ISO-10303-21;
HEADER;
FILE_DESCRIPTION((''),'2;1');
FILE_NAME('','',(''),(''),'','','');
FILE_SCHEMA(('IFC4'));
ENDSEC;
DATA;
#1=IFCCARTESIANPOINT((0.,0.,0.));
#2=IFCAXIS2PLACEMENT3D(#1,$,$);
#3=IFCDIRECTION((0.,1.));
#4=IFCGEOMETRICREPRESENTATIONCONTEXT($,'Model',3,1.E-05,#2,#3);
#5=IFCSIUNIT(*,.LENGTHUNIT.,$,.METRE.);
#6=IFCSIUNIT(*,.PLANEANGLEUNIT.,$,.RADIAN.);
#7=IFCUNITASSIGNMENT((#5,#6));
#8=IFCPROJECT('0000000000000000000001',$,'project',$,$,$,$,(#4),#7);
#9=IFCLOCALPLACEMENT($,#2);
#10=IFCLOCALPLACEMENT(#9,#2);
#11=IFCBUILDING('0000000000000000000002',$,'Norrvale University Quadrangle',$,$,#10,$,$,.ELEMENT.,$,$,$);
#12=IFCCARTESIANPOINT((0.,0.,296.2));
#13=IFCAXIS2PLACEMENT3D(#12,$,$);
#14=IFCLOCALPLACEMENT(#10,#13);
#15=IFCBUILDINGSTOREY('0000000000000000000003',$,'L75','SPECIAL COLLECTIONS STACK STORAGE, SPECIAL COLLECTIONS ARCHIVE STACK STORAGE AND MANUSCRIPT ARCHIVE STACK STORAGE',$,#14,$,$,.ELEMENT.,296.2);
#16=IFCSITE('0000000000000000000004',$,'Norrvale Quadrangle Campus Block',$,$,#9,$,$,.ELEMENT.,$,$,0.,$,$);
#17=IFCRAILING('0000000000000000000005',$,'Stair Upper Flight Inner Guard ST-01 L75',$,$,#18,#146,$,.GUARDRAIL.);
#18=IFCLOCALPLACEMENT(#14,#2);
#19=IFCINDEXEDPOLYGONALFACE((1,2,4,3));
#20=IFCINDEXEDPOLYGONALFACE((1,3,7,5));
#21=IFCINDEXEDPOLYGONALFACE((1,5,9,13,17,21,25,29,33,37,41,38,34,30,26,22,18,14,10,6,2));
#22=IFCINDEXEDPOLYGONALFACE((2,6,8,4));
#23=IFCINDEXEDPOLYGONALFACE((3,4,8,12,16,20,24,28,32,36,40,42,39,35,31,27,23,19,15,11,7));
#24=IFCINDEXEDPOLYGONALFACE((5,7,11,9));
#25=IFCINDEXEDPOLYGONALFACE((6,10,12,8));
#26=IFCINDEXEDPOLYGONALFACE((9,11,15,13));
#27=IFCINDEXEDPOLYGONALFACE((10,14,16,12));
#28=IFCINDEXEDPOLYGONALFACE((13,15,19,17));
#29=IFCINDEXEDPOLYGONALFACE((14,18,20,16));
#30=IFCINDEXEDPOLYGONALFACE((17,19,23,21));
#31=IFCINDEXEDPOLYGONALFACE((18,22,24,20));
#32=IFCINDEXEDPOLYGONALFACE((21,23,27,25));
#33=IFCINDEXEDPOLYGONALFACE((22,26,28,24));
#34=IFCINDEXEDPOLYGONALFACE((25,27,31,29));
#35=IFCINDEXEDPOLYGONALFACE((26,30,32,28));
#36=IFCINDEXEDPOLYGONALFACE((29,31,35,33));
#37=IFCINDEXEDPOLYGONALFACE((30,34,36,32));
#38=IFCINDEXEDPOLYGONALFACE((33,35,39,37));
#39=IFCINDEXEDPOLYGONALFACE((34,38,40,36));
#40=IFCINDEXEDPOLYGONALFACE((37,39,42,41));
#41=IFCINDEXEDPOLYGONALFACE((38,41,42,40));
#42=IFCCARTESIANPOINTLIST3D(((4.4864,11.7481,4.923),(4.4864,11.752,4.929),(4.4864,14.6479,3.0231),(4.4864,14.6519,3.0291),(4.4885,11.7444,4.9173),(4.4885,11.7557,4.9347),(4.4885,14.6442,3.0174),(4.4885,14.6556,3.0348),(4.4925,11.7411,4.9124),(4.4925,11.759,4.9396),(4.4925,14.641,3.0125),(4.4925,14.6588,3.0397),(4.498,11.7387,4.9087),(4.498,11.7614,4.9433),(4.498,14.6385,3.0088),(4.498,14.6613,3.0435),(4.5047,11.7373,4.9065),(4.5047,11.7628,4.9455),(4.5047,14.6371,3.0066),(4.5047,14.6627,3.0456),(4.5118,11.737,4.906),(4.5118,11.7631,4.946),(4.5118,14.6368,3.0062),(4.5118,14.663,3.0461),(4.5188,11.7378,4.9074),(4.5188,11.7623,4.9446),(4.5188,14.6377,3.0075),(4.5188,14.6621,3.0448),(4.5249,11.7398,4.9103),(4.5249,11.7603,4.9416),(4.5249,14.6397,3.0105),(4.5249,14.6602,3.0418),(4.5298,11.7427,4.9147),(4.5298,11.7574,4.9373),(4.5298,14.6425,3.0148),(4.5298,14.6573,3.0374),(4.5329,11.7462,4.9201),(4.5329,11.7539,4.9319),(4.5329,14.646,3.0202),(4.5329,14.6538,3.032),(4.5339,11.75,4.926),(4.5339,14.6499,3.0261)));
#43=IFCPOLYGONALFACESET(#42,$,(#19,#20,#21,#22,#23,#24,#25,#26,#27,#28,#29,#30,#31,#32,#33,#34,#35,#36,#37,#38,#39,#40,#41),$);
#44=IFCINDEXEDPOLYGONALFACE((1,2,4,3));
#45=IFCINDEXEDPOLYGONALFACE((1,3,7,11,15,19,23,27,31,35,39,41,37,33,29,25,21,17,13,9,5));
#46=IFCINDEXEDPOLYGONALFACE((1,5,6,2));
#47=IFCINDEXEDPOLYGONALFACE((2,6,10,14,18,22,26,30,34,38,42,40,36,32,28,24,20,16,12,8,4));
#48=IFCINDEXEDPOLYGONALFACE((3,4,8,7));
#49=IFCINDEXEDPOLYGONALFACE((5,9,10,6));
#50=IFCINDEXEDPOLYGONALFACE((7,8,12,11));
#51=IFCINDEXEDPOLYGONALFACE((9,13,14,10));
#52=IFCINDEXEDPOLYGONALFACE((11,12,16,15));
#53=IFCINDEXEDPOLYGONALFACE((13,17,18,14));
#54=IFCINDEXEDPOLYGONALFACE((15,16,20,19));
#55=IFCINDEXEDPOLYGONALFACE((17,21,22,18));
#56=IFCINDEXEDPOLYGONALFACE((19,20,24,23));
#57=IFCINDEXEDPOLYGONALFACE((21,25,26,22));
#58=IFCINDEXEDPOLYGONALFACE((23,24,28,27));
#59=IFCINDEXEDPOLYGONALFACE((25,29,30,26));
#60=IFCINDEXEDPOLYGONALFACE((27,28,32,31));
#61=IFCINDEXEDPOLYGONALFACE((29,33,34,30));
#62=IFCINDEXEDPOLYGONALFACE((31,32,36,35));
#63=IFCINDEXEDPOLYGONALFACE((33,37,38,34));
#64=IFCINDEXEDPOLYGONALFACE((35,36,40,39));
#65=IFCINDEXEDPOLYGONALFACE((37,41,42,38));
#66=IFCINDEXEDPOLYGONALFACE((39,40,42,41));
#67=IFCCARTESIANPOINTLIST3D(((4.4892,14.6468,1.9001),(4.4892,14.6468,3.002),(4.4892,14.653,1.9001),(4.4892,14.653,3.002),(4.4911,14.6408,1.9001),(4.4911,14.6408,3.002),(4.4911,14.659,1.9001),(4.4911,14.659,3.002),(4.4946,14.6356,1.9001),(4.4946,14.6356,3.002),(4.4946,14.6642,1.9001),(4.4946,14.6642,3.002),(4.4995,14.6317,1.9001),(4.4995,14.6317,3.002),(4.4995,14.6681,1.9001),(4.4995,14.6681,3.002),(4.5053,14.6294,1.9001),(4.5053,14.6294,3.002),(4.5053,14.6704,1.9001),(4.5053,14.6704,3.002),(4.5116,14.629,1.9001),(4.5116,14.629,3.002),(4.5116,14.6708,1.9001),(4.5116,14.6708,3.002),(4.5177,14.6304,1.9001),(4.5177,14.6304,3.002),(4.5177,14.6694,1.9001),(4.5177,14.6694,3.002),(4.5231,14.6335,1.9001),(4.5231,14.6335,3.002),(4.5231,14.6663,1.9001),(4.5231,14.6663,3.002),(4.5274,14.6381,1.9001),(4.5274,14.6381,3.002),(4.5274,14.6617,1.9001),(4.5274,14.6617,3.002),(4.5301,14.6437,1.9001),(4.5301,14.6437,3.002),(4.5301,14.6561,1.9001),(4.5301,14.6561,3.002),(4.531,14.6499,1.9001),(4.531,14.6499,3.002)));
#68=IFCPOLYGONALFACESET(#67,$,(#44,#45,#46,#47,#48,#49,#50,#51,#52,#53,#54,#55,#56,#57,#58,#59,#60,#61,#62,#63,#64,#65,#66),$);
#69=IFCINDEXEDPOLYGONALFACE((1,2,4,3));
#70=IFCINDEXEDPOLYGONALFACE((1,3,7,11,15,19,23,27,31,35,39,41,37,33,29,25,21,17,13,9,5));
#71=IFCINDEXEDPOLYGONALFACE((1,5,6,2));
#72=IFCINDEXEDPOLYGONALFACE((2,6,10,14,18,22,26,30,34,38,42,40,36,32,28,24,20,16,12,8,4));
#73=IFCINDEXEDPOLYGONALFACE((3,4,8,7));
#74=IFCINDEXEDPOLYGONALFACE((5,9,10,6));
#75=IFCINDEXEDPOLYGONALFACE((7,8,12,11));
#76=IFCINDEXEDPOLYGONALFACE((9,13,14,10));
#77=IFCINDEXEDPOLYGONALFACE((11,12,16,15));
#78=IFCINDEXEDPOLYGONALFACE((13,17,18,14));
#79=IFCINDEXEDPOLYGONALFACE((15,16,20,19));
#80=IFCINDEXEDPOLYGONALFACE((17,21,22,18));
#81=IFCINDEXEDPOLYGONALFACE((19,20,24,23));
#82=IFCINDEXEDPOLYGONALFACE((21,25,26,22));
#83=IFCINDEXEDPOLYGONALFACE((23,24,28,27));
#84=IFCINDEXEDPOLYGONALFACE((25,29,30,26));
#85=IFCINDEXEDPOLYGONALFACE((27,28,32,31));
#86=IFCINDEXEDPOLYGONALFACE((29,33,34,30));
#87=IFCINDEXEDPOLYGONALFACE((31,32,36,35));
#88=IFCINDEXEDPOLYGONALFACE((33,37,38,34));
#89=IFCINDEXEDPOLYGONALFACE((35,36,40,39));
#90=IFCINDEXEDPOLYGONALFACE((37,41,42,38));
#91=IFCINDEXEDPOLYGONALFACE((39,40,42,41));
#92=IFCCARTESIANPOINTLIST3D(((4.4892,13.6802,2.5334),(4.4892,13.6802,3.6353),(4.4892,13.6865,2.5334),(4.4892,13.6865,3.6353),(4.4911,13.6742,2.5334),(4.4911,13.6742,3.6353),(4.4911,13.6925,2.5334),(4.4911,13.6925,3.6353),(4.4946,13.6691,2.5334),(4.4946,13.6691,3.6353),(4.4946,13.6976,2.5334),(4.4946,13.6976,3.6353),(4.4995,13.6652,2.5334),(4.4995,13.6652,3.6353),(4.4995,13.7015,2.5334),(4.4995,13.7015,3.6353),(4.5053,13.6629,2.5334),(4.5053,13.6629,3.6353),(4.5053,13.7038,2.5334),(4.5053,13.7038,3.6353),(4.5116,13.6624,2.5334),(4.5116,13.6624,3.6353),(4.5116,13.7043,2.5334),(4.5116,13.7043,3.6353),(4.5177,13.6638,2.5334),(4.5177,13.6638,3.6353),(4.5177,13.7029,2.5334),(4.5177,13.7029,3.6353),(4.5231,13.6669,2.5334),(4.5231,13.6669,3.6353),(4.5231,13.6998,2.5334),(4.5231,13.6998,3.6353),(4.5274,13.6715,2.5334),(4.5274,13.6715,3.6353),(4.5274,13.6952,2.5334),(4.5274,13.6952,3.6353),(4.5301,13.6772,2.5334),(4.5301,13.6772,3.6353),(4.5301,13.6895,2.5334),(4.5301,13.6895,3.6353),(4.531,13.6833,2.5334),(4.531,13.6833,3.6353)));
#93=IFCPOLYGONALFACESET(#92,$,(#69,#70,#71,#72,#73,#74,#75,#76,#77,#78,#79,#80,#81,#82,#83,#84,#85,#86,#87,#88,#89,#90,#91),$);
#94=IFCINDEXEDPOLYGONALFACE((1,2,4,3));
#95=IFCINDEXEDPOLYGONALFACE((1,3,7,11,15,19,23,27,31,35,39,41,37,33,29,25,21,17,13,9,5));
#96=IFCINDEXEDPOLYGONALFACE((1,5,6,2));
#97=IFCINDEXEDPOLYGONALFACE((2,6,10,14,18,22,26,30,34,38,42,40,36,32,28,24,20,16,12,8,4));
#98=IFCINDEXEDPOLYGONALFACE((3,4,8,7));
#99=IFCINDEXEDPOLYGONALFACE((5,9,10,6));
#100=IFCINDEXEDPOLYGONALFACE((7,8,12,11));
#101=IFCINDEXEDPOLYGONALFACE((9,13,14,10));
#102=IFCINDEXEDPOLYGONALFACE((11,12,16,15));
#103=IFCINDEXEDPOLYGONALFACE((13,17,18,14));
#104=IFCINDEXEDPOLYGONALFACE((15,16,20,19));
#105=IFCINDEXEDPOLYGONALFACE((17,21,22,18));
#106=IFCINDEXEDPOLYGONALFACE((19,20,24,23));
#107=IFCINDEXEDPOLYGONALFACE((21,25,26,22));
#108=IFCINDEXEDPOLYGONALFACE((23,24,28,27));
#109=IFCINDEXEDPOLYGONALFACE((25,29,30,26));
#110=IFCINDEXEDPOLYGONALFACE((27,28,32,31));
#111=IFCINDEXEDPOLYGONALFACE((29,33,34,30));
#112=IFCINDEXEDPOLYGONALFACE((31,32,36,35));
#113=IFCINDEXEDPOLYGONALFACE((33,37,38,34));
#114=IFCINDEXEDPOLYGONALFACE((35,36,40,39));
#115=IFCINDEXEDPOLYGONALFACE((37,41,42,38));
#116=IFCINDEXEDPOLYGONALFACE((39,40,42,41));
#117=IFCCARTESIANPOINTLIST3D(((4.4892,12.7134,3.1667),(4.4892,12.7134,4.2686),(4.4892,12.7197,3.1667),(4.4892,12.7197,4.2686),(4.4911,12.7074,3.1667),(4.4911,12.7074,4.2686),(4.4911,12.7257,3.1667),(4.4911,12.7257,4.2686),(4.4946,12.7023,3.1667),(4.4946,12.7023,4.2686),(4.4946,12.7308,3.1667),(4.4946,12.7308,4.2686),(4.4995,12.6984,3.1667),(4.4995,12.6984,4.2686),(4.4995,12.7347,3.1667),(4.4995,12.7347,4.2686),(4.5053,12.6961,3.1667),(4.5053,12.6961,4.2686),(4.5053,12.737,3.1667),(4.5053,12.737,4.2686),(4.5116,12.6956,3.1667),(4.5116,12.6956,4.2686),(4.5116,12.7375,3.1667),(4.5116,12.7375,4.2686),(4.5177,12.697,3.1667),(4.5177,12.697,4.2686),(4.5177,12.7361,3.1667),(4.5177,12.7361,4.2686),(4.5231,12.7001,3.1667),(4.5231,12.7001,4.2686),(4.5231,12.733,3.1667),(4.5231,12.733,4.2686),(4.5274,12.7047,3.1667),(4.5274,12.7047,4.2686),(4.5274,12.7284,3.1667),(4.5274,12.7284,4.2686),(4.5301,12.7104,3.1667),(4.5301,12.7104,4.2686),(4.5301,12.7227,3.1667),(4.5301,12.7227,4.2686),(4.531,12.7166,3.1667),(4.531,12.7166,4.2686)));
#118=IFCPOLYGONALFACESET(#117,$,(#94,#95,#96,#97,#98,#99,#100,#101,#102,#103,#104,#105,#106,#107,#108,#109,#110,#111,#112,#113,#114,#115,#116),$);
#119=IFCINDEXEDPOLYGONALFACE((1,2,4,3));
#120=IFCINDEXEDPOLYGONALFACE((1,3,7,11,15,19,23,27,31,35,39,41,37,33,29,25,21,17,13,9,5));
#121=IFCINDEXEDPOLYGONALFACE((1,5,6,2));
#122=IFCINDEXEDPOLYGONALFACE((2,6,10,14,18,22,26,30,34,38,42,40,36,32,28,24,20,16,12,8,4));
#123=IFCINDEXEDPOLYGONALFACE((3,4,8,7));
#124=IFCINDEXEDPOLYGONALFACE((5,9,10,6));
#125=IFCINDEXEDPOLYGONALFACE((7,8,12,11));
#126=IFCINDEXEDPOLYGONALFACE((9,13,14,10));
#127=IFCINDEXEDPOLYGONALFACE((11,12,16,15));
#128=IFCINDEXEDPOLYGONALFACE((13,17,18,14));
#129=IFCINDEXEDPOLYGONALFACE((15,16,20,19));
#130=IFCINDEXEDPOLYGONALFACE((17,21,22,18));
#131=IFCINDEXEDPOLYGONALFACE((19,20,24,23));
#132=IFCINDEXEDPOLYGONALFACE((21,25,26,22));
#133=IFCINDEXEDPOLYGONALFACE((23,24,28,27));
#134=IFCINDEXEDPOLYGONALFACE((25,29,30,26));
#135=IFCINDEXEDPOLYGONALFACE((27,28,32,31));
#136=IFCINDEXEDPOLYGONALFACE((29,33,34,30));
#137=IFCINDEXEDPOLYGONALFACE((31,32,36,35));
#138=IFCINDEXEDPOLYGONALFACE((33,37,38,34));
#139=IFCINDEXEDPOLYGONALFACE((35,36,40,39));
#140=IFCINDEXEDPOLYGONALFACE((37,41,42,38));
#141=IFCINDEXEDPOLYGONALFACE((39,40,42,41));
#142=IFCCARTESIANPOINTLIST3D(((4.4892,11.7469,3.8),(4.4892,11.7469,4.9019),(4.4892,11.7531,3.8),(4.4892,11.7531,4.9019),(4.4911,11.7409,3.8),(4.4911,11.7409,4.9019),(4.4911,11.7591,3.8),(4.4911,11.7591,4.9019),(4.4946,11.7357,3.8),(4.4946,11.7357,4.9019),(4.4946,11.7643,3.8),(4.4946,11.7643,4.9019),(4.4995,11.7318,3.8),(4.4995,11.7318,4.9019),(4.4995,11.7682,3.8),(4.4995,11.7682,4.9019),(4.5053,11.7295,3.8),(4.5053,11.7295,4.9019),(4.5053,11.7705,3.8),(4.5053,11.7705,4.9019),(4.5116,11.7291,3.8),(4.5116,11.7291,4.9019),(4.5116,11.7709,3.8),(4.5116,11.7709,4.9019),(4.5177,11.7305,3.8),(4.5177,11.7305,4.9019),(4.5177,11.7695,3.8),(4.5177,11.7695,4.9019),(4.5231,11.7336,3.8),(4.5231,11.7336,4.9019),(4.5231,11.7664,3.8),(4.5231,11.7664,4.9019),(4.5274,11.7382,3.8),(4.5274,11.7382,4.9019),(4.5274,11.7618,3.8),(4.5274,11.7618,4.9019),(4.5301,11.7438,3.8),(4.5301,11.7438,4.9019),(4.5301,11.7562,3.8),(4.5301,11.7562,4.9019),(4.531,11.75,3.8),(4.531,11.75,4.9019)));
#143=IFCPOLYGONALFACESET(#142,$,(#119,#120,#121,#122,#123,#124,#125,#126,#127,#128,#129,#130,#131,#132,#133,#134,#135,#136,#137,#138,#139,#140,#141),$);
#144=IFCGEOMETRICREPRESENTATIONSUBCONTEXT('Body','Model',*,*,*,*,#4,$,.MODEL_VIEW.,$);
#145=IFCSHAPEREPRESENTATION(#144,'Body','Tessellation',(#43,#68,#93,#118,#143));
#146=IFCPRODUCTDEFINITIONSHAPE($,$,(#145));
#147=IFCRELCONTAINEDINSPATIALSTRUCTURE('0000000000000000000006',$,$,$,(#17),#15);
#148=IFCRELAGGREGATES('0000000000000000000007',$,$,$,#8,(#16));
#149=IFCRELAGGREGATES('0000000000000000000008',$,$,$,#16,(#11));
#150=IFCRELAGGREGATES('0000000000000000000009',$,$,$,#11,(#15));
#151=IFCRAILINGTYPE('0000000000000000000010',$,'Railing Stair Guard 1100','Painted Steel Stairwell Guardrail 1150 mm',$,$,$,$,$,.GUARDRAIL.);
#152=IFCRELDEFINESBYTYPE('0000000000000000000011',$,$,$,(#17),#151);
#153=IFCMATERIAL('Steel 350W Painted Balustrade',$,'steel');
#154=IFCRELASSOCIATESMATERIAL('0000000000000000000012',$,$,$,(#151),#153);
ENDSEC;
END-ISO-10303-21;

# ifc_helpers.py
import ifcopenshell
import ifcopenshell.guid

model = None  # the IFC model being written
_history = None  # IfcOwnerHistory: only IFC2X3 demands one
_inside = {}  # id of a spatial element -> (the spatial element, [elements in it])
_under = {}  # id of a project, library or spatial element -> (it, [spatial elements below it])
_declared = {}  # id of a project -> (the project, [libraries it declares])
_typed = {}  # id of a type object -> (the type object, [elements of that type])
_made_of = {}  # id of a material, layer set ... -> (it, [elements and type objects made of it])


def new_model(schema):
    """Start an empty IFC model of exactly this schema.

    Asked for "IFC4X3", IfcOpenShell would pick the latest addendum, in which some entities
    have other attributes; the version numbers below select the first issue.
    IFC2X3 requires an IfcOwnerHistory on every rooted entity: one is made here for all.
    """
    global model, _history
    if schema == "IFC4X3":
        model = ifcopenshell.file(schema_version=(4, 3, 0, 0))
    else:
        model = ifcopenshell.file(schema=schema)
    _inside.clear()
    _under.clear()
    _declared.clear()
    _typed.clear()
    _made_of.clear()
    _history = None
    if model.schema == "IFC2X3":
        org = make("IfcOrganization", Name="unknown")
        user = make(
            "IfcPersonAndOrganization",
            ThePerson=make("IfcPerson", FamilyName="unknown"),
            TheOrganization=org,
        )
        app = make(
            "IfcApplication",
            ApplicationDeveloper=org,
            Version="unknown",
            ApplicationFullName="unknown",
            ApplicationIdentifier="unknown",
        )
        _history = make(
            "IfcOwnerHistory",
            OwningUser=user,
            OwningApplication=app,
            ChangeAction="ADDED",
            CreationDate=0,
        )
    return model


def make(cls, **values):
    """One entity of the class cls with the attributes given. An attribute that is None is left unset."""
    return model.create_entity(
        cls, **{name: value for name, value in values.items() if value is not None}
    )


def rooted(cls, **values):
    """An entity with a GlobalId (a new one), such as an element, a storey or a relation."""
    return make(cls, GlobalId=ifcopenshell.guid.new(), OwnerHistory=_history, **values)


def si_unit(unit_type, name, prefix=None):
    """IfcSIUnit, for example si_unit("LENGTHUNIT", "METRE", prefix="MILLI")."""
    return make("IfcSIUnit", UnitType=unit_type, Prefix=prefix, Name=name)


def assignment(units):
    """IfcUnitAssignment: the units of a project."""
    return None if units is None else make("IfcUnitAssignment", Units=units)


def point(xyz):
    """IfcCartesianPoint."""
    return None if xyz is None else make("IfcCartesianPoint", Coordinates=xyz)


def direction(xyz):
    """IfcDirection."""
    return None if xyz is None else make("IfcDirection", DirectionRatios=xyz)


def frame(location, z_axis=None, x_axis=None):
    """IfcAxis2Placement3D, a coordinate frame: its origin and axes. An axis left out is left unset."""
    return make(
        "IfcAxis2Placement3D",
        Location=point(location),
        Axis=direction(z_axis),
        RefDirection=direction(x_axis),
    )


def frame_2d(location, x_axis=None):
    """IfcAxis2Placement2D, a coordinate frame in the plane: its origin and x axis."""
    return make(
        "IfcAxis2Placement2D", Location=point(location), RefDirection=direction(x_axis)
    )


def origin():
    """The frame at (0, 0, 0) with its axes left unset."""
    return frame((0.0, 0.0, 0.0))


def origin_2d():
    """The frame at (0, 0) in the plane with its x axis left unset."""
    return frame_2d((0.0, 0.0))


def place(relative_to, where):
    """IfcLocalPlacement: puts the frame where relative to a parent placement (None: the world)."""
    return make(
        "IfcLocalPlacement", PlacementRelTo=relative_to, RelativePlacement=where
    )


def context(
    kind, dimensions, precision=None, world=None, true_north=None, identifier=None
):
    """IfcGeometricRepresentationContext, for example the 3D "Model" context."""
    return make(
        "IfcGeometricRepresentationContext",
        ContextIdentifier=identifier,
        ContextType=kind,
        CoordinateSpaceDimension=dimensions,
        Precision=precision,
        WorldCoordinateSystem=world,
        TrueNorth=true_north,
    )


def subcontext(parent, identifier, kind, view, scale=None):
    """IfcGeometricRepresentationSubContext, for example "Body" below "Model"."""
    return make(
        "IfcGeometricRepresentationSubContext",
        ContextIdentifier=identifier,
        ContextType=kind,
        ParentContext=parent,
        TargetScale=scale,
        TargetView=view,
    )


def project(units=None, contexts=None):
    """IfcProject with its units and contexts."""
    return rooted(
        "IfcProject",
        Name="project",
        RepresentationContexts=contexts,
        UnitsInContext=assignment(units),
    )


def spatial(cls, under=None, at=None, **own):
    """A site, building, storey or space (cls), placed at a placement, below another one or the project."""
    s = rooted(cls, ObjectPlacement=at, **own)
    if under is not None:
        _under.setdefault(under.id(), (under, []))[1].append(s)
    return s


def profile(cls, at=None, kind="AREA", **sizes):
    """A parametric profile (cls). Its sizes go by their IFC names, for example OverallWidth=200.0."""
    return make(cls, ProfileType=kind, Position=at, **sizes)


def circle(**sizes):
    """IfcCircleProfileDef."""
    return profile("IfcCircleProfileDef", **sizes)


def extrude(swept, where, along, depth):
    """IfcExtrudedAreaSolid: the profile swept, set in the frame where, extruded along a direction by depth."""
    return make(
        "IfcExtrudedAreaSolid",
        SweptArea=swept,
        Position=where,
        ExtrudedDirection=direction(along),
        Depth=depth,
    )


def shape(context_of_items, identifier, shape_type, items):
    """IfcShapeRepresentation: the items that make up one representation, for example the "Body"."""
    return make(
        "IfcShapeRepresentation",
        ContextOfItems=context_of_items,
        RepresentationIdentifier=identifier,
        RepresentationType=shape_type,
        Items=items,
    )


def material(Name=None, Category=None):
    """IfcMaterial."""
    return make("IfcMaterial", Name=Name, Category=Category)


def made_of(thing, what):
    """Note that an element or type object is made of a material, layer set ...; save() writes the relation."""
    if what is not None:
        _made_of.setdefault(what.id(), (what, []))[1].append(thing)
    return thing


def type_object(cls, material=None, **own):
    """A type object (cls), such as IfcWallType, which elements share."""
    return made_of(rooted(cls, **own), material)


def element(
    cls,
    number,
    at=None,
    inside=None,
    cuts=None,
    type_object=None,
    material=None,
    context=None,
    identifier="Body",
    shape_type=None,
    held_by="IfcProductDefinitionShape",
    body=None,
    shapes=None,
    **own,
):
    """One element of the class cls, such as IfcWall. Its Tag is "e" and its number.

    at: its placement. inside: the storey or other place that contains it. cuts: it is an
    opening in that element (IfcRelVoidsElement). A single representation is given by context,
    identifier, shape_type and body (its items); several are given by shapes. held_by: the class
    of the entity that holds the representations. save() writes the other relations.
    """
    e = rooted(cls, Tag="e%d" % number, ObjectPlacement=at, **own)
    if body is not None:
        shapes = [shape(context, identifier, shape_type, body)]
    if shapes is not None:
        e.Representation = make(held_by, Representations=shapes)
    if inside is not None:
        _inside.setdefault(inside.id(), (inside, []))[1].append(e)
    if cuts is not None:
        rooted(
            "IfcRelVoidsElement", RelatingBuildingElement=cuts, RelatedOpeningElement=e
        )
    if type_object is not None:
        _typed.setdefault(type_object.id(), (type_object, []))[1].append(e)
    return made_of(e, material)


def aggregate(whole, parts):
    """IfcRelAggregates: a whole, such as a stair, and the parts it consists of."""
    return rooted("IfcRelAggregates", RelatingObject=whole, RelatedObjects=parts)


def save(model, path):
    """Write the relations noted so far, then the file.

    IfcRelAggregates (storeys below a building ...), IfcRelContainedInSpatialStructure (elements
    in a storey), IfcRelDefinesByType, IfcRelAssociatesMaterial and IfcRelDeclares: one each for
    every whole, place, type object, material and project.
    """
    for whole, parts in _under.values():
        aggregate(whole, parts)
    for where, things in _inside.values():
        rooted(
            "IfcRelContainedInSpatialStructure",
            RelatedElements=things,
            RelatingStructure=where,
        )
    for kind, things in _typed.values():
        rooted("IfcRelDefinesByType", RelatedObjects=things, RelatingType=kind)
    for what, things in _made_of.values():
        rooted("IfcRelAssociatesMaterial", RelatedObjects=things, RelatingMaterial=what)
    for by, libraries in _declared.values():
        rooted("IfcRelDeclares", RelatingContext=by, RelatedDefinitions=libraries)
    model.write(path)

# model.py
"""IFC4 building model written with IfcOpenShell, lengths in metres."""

from ifc_helpers import new_model, si_unit, direction, frame, origin, origin_2d, place, context, subcontext, project, spatial, circle, extrude, material, type_object, element, save


model = new_model("IFC4")

# Units and contexts
model_context = context("Model", 3, precision=1e-05, world=origin(), true_north=direction((0.0, 1.0)))
body_context = subcontext(model_context, "Body", "Model", "MODEL_VIEW")
ifc_project = project(units=[si_unit("LENGTHUNIT", "METRE"), si_unit("PLANEANGLEUNIT", "RADIAN")], contexts=[model_context])

# Site, building, storey
site_placement = place(None, origin())
site = spatial("IfcSite", under=ifc_project, at=site_placement, Name="Norrvale Quadrangle Campus Block", CompositionType="ELEMENT", RefElevation=0.0)
building_placement = place(site_placement, origin())
building = spatial("IfcBuilding", under=site, at=building_placement, Name="Norrvale University Quadrangle", CompositionType="ELEMENT")
storey_placement = place(building_placement, frame((0.0, 0.0, 296.2)))
storey = spatial("IfcBuildingStorey", under=building, at=storey_placement, Name="L75", Description="SPECIAL COLLECTIONS STACK STORAGE, SPECIAL COLLECTIONS ARCHIVE STACK STORAGE AND MANUSCRIPT ARCHIVE STACK STORAGE", CompositionType="ELEMENT", Elevation=296.2)

# Railing
ifc_material_1 = material(Name="Steel 350W Painted Balustrade", Category="steel")
railing_type_1 = type_object("IfcRailingType", Name="Railing Stair Guard 1100", Description="Painted Steel Stairwell Guardrail 1150 mm", PredefinedType="GUARDRAIL", material=ifc_material_1)
railing_1_placement = place(storey_placement, frame((4.51, 14.6499, 1.9001)))
element("IfcRailing", 1, at=railing_1_placement, inside=storey, type_object=railing_type_1, Name="Stair Upper Flight Inner Guard ST-01 L75", PredefinedType="GUARDRAIL", context=body_context, shape_type="SweptSolid", body=[
    extrude(circle(Radius=0.0239, at=origin_2d()), frame((0.0, 0.0, 1.126), z_axis=(0.0, -0.836466, 0.548019), x_axis=(1.0, 0.0, 0.0)), (0.0, 0.0, 1.0), 3.4668),
    extrude(circle(Radius=0.021, at=origin_2d()), origin(), (0.0, 0.0, 1.0), 1.1018),
    extrude(circle(Radius=0.021, at=origin_2d()), frame((0.0, -0.9666, 0.6333)), (0.0, 0.0, 1.0), 1.1018),
    extrude(circle(Radius=0.021, at=origin_2d()), frame((0.0, -1.9333, 1.2666)), (0.0, 0.0, 1.0), 1.1018),
    extrude(circle(Radius=0.021, at=origin_2d()), frame((0.0, -2.8999, 1.8999)), (0.0, 0.0, 1.0), 1.1018),
])

save(model, "model.ifc")
